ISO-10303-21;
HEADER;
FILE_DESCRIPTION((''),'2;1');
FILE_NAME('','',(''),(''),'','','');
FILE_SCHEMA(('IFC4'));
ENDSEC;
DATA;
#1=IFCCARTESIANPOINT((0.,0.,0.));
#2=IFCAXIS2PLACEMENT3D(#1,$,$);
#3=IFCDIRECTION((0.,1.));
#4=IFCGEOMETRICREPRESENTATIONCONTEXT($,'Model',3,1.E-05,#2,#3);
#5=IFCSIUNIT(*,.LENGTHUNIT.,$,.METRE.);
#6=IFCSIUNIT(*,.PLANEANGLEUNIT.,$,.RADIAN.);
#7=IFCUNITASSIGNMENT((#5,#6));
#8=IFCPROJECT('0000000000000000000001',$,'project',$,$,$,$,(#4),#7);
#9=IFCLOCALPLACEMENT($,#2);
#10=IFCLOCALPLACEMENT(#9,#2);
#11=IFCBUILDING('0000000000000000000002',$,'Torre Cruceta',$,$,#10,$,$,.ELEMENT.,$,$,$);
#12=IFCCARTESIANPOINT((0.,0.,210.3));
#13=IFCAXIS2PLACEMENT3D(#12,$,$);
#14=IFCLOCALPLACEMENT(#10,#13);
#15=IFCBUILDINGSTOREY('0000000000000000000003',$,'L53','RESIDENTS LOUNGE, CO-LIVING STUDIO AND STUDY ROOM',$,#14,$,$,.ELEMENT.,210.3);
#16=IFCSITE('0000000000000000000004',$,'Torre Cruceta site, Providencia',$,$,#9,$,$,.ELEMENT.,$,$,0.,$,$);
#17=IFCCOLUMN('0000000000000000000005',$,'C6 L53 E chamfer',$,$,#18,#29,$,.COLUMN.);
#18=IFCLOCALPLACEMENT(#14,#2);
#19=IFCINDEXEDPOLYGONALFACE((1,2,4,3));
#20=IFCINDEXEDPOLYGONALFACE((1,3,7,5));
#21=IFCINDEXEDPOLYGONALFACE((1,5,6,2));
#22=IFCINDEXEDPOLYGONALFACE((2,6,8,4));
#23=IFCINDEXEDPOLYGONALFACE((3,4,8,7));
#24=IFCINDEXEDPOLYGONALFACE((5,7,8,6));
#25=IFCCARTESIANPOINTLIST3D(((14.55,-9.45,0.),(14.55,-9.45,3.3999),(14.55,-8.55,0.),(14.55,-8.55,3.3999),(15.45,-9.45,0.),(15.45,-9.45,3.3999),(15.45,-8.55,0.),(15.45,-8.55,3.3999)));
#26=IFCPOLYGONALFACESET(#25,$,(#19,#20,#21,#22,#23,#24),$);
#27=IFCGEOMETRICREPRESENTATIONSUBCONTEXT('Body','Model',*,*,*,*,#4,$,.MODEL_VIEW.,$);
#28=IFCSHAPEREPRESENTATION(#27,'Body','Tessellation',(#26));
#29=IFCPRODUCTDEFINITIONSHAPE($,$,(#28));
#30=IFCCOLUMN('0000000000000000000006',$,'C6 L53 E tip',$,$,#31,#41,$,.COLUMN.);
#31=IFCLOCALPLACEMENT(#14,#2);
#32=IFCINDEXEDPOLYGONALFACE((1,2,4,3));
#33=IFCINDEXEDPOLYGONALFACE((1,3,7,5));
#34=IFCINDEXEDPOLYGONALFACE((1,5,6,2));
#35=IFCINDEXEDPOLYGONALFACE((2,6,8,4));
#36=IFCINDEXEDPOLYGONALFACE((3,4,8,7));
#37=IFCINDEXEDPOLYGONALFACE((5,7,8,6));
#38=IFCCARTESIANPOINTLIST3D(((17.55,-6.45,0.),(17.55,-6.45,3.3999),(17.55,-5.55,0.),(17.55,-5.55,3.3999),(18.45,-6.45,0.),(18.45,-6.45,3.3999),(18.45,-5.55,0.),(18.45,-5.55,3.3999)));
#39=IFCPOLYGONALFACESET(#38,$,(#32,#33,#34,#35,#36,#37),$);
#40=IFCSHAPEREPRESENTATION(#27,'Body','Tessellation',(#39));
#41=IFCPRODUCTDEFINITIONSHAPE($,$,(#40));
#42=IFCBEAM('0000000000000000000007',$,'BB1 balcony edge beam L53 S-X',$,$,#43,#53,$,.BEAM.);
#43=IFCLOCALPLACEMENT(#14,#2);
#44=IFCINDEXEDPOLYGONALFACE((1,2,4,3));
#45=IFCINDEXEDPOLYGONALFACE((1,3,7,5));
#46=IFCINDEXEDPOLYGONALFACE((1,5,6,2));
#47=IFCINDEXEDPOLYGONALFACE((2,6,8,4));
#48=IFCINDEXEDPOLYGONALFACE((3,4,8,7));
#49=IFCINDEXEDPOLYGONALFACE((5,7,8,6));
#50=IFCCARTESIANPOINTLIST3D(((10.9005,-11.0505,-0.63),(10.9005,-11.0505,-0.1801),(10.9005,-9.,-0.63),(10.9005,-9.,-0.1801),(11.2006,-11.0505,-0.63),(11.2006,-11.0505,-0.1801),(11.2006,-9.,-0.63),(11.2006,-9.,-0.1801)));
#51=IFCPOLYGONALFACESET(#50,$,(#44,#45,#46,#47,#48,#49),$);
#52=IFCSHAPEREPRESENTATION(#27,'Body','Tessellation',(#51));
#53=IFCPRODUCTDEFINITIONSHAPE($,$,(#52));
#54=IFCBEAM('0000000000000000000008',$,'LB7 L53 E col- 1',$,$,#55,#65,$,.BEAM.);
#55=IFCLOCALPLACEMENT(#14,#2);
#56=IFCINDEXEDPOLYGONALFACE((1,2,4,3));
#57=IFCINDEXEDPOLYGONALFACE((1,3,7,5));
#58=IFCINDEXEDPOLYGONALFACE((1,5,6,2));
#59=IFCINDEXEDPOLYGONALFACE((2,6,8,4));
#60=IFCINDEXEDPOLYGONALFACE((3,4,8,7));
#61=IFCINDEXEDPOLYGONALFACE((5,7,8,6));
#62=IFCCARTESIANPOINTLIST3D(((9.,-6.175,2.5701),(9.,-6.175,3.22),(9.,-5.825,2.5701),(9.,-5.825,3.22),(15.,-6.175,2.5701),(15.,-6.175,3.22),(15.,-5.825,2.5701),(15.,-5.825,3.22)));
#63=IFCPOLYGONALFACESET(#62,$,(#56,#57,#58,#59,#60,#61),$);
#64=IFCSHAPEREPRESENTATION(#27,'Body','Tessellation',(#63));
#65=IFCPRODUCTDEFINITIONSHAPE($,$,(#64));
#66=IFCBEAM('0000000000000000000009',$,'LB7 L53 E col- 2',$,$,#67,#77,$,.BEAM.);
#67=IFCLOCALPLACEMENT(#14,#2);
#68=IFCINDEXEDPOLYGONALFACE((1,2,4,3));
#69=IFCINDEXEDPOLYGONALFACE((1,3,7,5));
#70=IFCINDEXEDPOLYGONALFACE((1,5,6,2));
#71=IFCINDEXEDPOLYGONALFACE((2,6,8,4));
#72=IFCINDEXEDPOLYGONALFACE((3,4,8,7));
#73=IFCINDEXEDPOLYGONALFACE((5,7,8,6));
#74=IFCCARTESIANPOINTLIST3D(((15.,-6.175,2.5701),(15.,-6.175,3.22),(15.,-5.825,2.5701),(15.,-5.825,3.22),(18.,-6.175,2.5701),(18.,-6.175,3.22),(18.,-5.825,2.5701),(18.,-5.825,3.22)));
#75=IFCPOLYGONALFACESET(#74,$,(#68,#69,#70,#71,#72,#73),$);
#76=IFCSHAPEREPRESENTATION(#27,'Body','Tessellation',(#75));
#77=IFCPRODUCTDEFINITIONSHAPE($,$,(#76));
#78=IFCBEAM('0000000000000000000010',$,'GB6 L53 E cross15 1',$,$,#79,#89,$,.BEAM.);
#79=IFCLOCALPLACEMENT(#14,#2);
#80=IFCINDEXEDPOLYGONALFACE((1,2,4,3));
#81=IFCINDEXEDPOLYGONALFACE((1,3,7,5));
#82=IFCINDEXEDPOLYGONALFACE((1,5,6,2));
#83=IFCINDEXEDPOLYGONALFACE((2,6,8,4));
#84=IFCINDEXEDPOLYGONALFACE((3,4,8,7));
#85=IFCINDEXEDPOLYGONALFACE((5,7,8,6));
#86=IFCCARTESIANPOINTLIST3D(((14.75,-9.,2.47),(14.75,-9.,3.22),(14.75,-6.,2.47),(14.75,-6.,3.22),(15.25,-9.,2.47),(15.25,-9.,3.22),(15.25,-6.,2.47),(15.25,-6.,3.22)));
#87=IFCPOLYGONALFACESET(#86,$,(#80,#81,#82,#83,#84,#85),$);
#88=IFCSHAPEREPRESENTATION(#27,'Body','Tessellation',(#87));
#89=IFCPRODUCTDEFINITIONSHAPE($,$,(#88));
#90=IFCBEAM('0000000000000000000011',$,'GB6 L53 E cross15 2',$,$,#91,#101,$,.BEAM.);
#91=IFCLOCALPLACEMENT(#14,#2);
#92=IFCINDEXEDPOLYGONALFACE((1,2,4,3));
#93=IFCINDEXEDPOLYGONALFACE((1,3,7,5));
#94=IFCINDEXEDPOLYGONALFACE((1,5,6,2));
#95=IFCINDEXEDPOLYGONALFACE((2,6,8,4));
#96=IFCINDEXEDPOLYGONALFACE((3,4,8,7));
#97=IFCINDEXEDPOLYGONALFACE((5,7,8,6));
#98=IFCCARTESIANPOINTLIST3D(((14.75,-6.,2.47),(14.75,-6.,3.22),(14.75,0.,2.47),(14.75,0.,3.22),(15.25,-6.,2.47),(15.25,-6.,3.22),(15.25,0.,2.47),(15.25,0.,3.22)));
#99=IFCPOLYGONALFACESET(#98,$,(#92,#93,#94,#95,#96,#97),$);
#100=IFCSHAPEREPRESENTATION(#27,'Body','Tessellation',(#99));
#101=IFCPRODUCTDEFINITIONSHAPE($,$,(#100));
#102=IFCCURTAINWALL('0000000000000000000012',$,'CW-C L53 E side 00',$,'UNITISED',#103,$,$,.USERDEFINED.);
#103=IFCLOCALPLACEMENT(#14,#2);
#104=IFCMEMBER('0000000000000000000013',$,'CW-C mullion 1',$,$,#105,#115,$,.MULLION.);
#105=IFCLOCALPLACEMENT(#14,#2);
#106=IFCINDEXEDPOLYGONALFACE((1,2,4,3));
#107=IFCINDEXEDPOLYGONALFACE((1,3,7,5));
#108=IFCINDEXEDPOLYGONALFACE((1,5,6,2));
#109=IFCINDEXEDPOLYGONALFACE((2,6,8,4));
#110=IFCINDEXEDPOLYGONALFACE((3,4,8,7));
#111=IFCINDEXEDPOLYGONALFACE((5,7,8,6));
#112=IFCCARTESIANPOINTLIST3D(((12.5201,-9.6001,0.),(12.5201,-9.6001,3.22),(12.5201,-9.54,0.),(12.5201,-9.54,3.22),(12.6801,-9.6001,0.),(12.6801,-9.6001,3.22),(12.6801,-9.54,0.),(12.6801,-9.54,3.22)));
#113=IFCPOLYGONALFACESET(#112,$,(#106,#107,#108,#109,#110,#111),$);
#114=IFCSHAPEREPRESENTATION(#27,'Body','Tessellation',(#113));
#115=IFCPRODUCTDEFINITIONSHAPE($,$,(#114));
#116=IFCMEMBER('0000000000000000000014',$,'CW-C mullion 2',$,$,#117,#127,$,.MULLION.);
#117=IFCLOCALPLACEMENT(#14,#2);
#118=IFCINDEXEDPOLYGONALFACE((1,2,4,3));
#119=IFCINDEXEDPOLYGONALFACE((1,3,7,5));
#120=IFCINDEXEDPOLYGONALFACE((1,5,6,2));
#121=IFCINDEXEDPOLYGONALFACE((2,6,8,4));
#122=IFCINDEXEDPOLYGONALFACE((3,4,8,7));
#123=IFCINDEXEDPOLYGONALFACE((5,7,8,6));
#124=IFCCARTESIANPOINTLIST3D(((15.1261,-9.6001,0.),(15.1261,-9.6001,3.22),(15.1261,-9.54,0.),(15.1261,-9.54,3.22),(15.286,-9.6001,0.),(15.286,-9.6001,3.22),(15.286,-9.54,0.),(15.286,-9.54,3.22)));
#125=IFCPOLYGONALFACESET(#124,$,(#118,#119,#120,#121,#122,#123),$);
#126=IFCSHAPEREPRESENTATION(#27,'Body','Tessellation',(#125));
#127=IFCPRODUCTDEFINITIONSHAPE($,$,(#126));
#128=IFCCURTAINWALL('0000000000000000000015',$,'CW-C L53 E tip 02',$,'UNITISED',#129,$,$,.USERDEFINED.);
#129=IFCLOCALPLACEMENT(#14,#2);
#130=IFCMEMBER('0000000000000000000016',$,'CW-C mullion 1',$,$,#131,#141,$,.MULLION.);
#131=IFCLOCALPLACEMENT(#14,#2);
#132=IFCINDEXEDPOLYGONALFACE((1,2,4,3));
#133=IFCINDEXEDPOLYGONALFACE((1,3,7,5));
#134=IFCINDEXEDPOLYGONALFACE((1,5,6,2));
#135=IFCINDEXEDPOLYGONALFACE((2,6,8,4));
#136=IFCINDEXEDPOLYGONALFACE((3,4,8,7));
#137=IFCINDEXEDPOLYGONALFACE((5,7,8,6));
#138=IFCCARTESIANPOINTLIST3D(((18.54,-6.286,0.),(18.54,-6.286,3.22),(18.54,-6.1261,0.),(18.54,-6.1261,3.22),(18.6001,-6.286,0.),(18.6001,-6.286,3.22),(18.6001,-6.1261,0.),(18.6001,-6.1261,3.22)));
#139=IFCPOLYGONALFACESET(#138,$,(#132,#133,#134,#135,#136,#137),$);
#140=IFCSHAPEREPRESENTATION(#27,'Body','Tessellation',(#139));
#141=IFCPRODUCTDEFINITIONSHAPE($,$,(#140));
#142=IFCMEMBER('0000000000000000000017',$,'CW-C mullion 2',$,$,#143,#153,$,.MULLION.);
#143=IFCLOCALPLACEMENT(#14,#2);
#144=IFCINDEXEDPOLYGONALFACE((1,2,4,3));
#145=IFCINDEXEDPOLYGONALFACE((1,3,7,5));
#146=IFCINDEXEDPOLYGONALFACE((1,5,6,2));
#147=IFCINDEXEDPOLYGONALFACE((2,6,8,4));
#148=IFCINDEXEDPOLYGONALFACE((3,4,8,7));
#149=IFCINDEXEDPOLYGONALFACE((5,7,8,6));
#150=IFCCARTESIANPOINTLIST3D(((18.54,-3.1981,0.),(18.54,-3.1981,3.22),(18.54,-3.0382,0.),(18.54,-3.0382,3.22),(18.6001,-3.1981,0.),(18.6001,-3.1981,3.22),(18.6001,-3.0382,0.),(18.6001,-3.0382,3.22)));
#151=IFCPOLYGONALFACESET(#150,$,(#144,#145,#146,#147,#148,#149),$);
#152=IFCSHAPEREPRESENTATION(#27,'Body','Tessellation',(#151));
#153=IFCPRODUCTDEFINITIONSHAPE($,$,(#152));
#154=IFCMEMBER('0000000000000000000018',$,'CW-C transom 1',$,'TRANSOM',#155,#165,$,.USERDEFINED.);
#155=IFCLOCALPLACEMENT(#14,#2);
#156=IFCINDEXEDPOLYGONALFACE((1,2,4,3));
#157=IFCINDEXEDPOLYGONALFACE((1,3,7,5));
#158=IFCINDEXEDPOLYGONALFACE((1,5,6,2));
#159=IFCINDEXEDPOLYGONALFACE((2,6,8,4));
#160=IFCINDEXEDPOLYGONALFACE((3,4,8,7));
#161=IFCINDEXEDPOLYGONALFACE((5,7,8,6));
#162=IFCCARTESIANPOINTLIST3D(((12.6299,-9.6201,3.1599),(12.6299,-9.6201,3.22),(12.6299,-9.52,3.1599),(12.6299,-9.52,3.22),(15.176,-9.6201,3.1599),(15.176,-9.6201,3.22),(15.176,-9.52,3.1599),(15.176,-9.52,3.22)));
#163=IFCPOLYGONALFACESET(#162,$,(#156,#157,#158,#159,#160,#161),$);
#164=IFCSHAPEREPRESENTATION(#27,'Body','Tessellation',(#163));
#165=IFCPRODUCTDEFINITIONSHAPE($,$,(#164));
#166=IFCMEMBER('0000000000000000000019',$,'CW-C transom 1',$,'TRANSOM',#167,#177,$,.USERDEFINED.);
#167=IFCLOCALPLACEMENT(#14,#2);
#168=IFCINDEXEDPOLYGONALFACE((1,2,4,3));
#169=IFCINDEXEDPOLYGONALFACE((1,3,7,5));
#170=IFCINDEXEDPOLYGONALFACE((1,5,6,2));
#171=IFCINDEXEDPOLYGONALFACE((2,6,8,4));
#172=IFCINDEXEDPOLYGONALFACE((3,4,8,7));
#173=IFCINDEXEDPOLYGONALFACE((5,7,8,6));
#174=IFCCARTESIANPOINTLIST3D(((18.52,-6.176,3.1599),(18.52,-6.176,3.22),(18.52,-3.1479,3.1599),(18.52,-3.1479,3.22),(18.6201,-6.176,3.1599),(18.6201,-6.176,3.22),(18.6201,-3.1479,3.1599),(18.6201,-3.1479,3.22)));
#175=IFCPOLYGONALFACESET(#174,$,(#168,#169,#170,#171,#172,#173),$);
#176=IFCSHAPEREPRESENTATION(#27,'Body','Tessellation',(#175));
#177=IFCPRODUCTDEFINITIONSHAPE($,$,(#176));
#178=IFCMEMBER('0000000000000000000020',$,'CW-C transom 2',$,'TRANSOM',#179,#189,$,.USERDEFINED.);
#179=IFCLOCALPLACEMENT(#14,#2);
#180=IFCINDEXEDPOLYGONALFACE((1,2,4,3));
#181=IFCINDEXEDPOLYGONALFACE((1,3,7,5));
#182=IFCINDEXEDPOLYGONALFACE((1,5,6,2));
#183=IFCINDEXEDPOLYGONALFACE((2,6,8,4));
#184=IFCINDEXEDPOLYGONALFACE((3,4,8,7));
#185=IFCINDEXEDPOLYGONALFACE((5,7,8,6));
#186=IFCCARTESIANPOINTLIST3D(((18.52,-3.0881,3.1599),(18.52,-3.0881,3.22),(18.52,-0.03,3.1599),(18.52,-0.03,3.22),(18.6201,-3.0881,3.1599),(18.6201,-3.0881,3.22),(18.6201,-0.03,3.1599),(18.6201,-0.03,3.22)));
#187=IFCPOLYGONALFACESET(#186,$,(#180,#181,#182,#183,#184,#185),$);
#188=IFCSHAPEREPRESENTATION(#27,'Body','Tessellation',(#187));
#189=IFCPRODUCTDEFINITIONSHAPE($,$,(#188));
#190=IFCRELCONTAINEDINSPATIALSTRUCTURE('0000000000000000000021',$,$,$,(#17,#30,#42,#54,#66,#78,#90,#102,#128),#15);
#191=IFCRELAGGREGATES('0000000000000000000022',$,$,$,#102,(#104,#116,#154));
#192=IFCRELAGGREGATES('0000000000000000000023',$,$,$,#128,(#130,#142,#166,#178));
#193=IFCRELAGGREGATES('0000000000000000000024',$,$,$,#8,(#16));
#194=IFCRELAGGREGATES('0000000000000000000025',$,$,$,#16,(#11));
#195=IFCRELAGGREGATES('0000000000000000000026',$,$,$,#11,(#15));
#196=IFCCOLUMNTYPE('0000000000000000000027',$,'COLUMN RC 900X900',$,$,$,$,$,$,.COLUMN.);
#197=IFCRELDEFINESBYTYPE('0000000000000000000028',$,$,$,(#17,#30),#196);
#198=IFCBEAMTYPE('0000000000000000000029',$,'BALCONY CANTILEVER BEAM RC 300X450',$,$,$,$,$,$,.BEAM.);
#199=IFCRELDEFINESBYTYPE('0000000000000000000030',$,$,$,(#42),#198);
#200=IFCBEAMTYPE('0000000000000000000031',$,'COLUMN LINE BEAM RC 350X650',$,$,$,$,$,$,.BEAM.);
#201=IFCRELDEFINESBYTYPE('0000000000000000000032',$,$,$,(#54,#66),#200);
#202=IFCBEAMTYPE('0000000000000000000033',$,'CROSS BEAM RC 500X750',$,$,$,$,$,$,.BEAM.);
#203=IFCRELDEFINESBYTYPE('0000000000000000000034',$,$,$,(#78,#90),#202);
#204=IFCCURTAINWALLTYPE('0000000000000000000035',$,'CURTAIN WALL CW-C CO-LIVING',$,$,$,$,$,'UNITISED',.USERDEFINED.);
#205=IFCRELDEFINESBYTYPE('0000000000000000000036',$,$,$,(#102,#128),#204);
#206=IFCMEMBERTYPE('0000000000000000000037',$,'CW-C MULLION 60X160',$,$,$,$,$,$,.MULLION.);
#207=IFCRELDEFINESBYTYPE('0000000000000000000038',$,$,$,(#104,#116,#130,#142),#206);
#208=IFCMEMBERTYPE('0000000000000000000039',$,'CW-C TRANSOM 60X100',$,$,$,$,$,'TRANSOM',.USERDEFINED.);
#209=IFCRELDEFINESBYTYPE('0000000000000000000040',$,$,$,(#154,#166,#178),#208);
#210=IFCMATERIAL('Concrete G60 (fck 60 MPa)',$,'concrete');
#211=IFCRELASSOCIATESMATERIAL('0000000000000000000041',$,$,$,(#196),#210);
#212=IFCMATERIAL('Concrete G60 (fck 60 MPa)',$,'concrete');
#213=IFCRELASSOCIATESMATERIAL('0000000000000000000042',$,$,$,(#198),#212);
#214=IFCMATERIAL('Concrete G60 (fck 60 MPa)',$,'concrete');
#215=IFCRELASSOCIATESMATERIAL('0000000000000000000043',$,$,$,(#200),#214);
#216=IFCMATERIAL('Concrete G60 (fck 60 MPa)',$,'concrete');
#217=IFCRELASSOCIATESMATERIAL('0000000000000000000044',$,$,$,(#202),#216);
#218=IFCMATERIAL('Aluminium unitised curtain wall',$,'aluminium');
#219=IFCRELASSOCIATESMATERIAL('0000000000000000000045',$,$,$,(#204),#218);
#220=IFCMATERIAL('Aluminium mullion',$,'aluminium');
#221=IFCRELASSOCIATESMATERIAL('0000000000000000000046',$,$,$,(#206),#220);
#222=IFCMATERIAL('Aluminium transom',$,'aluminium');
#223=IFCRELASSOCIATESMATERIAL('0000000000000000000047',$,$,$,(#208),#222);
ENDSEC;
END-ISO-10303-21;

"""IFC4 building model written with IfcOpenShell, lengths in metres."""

from ifc_helpers import new_model, si_unit, direction, frame, origin, origin_2d, place, context, subcontext, project, spatial, rectangle, extrude, material, material_profile, profile_set, type_object, element, aggregate, save


model = new_model("IFC4")

# Units and contexts
model_context = context("Model", 3, precision=1e-05, world=origin(), true_north=direction((0.0, 1.0)))
body_context = subcontext(model_context, "Body", "Model", "MODEL_VIEW")
ifc_project = project(units=[si_unit("LENGTHUNIT", "METRE"), si_unit("PLANEANGLEUNIT", "RADIAN")], contexts=[model_context])

# Site, building, storey
site_placement = place(None, origin())
site = spatial("IfcSite", under=ifc_project, at=site_placement, Name="Torre Cruceta site, Providencia", CompositionType="ELEMENT", RefElevation=0.0)
building_placement = place(site_placement, origin())
building = spatial("IfcBuilding", under=site, at=building_placement, Name="Torre Cruceta", CompositionType="ELEMENT")
storey_placement = place(building_placement, frame((0.0, 0.0, 210.3)))
storey = spatial("IfcBuildingStorey", under=building, at=storey_placement, Name="L53", Description="RESIDENTS LOUNGE, CO-LIVING STUDIO AND STUDY ROOM", CompositionType="ELEMENT", Elevation=210.3)

# Columns
ifc_material_1 = material(Name="Concrete G60 (fck 60 MPa)", Category="concrete")
ifc_material_profile_1 = material_profile(ifc_material_1, rectangle(XDim=0.8999, YDim=0.8999, at=origin_2d()), Name="RC 900X900")
ifc_profile_set_1 = profile_set([ifc_material_profile_1], Name="Concrete G60 (fck 60 MPa)")
column_type = type_object("IfcColumnType", Name="COLUMN RC 900X900", PredefinedType="COLUMN", material=ifc_profile_set_1)
for number, where, z_axis, x_axis, name in (
    (1, (15.0, -9.0, 0.0), (0.0, 0.0, 1.0), (1.0, 0.0, 0.0), "C6 L53 E chamfer"),
    (2, (18.0, -6.0, 0.0), (0.0, 0.0, 1.0), (1.0, 0.0, 0.0), "C6 L53 E tip"),
):
    element("IfcColumn", number, at=place(storey_placement, frame(where, z_axis=z_axis, x_axis=x_axis)), inside=storey, type_object=column_type, Name=name, PredefinedType="COLUMN", context=body_context, shape_type="SweptSolid", body=[
        extrude(rectangle(XDim=0.8999, YDim=0.8999, at=origin_2d()), origin(), (0.0, 0.0, 1.0), 3.3999),
    ])

# Beams
ifc_material_2 = material(Name="Concrete G60 (fck 60 MPa)", Category="concrete")
ifc_material_profile_2 = material_profile(ifc_material_2, rectangle(XDim=0.3, YDim=0.45, at=origin_2d()), Name="RC 300X450")
ifc_profile_set_2 = profile_set([ifc_material_profile_2], Name="Concrete G60 (fck 60 MPa)")
beam_type_1 = type_object("IfcBeamType", Name="BALCONY CANTILEVER BEAM RC 300X450", PredefinedType="BEAM", material=ifc_profile_set_2)
beam_1_placement = place(storey_placement, frame((11.0505, -9.0, -0.405), z_axis=(0.0, -1.0, 0.0), x_axis=(1.0, 0.0, 0.0)))
element("IfcBeam", 3, at=beam_1_placement, inside=storey, type_object=beam_type_1, Name="BB1 balcony edge beam L53 S-X", PredefinedType="BEAM", context=body_context, shape_type="SweptSolid", body=[
    extrude(rectangle(XDim=0.3, YDim=0.45, at=origin_2d()), origin(), (0.0, 0.0, 1.0), 2.0505),
])
ifc_material_3 = material(Name="Concrete G60 (fck 60 MPa)", Category="concrete")
ifc_material_profile_3 = material_profile(ifc_material_3, rectangle(XDim=0.3501, YDim=0.6499, at=origin_2d()), Name="RC 350X650")
ifc_profile_set_3 = profile_set([ifc_material_profile_3], Name="Concrete G60 (fck 60 MPa)")
beam_type_2 = type_object("IfcBeamType", Name="COLUMN LINE BEAM RC 350X650", PredefinedType="BEAM", material=ifc_profile_set_3)
beam_2_placement = place(storey_placement, frame((9.0, -6.0, 2.895), z_axis=(1.0, 0.0, 0.0), x_axis=(0.0, 1.0, 0.0)))
element("IfcBeam", 4, at=beam_2_placement, inside=storey, type_object=beam_type_2, Name="LB7 L53 E col- 1", PredefinedType="BEAM", context=body_context, shape_type="SweptSolid", body=[
    extrude(rectangle(XDim=0.3501, YDim=0.6499, at=origin_2d()), origin(), (0.0, 0.0, 1.0), 6.0),
])
beam_3_placement = place(storey_placement, frame((15.0, -6.0, 2.895), z_axis=(1.0, 0.0, 0.0), x_axis=(0.0, 1.0, 0.0)))
element("IfcBeam", 5, at=beam_3_placement, inside=storey, type_object=beam_type_2, Name="LB7 L53 E col- 2", PredefinedType="BEAM", context=body_context, shape_type="SweptSolid", body=[
    extrude(rectangle(XDim=0.3501, YDim=0.6499, at=origin_2d()), origin(), (0.0, 0.0, 1.0), 3.0),
])
ifc_material_4 = material(Name="Concrete G60 (fck 60 MPa)", Category="concrete")
ifc_material_profile_4 = material_profile(ifc_material_4, rectangle(XDim=0.5, YDim=0.75, at=origin_2d()), Name="RC 500X750")
ifc_profile_set_4 = profile_set([ifc_material_profile_4], Name="Concrete G60 (fck 60 MPa)")
beam_type_3 = type_object("IfcBeamType", Name="CROSS BEAM RC 500X750", PredefinedType="BEAM", material=ifc_profile_set_4)
beam_4_placement = place(storey_placement, frame((15.0, -9.0, 2.845), z_axis=(0.0, 1.0, 0.0), x_axis=(-1.0, 0.0, 0.0)))
element("IfcBeam", 6, at=beam_4_placement, inside=storey, type_object=beam_type_3, Name="GB6 L53 E cross15 1", PredefinedType="BEAM", context=body_context, shape_type="SweptSolid", body=[
    extrude(rectangle(XDim=0.5, YDim=0.75, at=origin_2d()), origin(), (0.0, 0.0, 1.0), 3.0),
])
beam_5_placement = place(storey_placement, frame((15.0, -6.0, 2.845), z_axis=(0.0, 1.0, 0.0), x_axis=(-1.0, 0.0, 0.0)))
element("IfcBeam", 7, at=beam_5_placement, inside=storey, type_object=beam_type_3, Name="GB6 L53 E cross15 2", PredefinedType="BEAM", context=body_context, shape_type="SweptSolid", body=[
    extrude(rectangle(XDim=0.5, YDim=0.75, at=origin_2d()), origin(), (0.0, 0.0, 1.0), 6.0),
])

# Curtain walls, members
ifc_material_5 = material(Name="Aluminium unitised curtain wall", Category="aluminium")
curtain_wall_type = type_object("IfcCurtainWallType", Name="CURTAIN WALL CW-C CO-LIVING", ElementType="UNITISED", PredefinedType="USERDEFINED", material=ifc_material_5)
curtain_wall_1_placement = place(storey_placement, origin())
curtain_wall_1 = element("IfcCurtainWall", 8, at=curtain_wall_1_placement, inside=storey, type_object=curtain_wall_type, Name="CW-C L53 E side 00", ObjectType="UNITISED", PredefinedType="USERDEFINED")
ifc_material_6 = material(Name="Aluminium mullion", Category="aluminium")
ifc_material_profile_5 = material_profile(ifc_material_6, rectangle(XDim=0.0601, YDim=0.1599, at=origin_2d()), Name="AL 60X160")
ifc_profile_set_5 = profile_set([ifc_material_profile_5], Name="Aluminium mullion")
member_type_1 = type_object("IfcMemberType", Name="CW-C MULLION 60X160", PredefinedType="MULLION", material=ifc_profile_set_5)
member_1_placement = place(storey_placement, frame((12.6001, -9.5701, 0.0), z_axis=(0.0, 0.0, 1.0), x_axis=(0.0, 1.0, 0.0)))
member_1 = element("IfcMember", 9, at=member_1_placement, type_object=member_type_1, Name="CW-C mullion 1", PredefinedType="MULLION", context=body_context, shape_type="SweptSolid", body=[
    extrude(rectangle(XDim=0.0601, YDim=0.1599, at=origin_2d()), origin(), (0.0, 0.0, 1.0), 3.22),
])
member_2_placement = place(storey_placement, frame((15.2061, -9.5701, 0.0), z_axis=(0.0, 0.0, 1.0), x_axis=(0.0, 1.0, 0.0)))
member_2 = element("IfcMember", 10, at=member_2_placement, type_object=member_type_1, Name="CW-C mullion 2", PredefinedType="MULLION", context=body_context, shape_type="SweptSolid", body=[
    extrude(rectangle(XDim=0.0601, YDim=0.1599, at=origin_2d()), origin(), (0.0, 0.0, 1.0), 3.22),
])
curtain_wall_2_placement = place(storey_placement, origin())
curtain_wall_2 = element("IfcCurtainWall", 11, at=curtain_wall_2_placement, inside=storey, type_object=curtain_wall_type, Name="CW-C L53 E tip 02", ObjectType="UNITISED", PredefinedType="USERDEFINED")
member_3_placement = place(storey_placement, frame((18.5701, -6.2061, 0.0), z_axis=(0.0, 0.0, 1.0), x_axis=(-1.0, 0.0, 0.0)))
member_3 = element("IfcMember", 12, at=member_3_placement, type_object=member_type_1, Name="CW-C mullion 1", PredefinedType="MULLION", context=body_context, shape_type="SweptSolid", body=[
    extrude(rectangle(XDim=0.0601, YDim=0.1599, at=origin_2d()), origin(), (0.0, 0.0, 1.0), 3.22),
])
member_4_placement = place(storey_placement, frame((18.5701, -3.1182, 0.0), z_axis=(0.0, 0.0, 1.0), x_axis=(-1.0, 0.0, 0.0)))
member_4 = element("IfcMember", 13, at=member_4_placement, type_object=member_type_1, Name="CW-C mullion 2", PredefinedType="MULLION", context=body_context, shape_type="SweptSolid", body=[
    extrude(rectangle(XDim=0.0601, YDim=0.1599, at=origin_2d()), origin(), (0.0, 0.0, 1.0), 3.22),
])

# Members
ifc_material_7 = material(Name="Aluminium transom", Category="aluminium")
ifc_material_profile_6 = material_profile(ifc_material_7, rectangle(XDim=0.1001, YDim=0.0601, at=origin_2d()), Name="AL 100X60")
ifc_profile_set_6 = profile_set([ifc_material_profile_6], Name="Aluminium transom")
member_type_2 = type_object("IfcMemberType", Name="CW-C TRANSOM 60X100", ElementType="TRANSOM", PredefinedType="USERDEFINED", material=ifc_profile_set_6)
member_5_placement = place(storey_placement, frame((12.6299, -9.5701, 3.1899), z_axis=(1.0, 0.0, 0.0), x_axis=(0.0, 1.0, 0.0)))
member_5 = element("IfcMember", 14, at=member_5_placement, type_object=member_type_2, Name="CW-C transom 1", ObjectType="TRANSOM", PredefinedType="USERDEFINED", context=body_context, shape_type="SweptSolid", body=[
    extrude(rectangle(XDim=0.1001, YDim=0.0601, at=origin_2d()), origin(), (0.0, 0.0, 1.0), 2.5461),
])
member_6_placement = place(storey_placement, frame((18.5701, -6.176, 3.1899), z_axis=(0.0, 1.0, 0.0), x_axis=(-1.0, 0.0, 0.0)))
member_6 = element("IfcMember", 15, at=member_6_placement, type_object=member_type_2, Name="CW-C transom 1", ObjectType="TRANSOM", PredefinedType="USERDEFINED", context=body_context, shape_type="SweptSolid", body=[
    extrude(rectangle(XDim=0.1001, YDim=0.0601, at=origin_2d()), origin(), (0.0, 0.0, 1.0), 3.0281),
])
member_7_placement = place(storey_placement, frame((18.5701, -3.0881, 3.1899), z_axis=(0.0, 1.0, 0.0), x_axis=(-1.0, 0.0, 0.0)))
member_7 = element("IfcMember", 16, at=member_7_placement, type_object=member_type_2, Name="CW-C transom 2", ObjectType="TRANSOM", PredefinedType="USERDEFINED", context=body_context, shape_type="SweptSolid", body=[
    extrude(rectangle(XDim=0.1001, YDim=0.0601, at=origin_2d()), origin(), (0.0, 0.0, 1.0), 3.0581),
])

aggregate(curtain_wall_1, [member_1, member_2, member_5])
aggregate(curtain_wall_2, [member_3, member_4, member_6, member_7])

save(model, "model.ifc")
